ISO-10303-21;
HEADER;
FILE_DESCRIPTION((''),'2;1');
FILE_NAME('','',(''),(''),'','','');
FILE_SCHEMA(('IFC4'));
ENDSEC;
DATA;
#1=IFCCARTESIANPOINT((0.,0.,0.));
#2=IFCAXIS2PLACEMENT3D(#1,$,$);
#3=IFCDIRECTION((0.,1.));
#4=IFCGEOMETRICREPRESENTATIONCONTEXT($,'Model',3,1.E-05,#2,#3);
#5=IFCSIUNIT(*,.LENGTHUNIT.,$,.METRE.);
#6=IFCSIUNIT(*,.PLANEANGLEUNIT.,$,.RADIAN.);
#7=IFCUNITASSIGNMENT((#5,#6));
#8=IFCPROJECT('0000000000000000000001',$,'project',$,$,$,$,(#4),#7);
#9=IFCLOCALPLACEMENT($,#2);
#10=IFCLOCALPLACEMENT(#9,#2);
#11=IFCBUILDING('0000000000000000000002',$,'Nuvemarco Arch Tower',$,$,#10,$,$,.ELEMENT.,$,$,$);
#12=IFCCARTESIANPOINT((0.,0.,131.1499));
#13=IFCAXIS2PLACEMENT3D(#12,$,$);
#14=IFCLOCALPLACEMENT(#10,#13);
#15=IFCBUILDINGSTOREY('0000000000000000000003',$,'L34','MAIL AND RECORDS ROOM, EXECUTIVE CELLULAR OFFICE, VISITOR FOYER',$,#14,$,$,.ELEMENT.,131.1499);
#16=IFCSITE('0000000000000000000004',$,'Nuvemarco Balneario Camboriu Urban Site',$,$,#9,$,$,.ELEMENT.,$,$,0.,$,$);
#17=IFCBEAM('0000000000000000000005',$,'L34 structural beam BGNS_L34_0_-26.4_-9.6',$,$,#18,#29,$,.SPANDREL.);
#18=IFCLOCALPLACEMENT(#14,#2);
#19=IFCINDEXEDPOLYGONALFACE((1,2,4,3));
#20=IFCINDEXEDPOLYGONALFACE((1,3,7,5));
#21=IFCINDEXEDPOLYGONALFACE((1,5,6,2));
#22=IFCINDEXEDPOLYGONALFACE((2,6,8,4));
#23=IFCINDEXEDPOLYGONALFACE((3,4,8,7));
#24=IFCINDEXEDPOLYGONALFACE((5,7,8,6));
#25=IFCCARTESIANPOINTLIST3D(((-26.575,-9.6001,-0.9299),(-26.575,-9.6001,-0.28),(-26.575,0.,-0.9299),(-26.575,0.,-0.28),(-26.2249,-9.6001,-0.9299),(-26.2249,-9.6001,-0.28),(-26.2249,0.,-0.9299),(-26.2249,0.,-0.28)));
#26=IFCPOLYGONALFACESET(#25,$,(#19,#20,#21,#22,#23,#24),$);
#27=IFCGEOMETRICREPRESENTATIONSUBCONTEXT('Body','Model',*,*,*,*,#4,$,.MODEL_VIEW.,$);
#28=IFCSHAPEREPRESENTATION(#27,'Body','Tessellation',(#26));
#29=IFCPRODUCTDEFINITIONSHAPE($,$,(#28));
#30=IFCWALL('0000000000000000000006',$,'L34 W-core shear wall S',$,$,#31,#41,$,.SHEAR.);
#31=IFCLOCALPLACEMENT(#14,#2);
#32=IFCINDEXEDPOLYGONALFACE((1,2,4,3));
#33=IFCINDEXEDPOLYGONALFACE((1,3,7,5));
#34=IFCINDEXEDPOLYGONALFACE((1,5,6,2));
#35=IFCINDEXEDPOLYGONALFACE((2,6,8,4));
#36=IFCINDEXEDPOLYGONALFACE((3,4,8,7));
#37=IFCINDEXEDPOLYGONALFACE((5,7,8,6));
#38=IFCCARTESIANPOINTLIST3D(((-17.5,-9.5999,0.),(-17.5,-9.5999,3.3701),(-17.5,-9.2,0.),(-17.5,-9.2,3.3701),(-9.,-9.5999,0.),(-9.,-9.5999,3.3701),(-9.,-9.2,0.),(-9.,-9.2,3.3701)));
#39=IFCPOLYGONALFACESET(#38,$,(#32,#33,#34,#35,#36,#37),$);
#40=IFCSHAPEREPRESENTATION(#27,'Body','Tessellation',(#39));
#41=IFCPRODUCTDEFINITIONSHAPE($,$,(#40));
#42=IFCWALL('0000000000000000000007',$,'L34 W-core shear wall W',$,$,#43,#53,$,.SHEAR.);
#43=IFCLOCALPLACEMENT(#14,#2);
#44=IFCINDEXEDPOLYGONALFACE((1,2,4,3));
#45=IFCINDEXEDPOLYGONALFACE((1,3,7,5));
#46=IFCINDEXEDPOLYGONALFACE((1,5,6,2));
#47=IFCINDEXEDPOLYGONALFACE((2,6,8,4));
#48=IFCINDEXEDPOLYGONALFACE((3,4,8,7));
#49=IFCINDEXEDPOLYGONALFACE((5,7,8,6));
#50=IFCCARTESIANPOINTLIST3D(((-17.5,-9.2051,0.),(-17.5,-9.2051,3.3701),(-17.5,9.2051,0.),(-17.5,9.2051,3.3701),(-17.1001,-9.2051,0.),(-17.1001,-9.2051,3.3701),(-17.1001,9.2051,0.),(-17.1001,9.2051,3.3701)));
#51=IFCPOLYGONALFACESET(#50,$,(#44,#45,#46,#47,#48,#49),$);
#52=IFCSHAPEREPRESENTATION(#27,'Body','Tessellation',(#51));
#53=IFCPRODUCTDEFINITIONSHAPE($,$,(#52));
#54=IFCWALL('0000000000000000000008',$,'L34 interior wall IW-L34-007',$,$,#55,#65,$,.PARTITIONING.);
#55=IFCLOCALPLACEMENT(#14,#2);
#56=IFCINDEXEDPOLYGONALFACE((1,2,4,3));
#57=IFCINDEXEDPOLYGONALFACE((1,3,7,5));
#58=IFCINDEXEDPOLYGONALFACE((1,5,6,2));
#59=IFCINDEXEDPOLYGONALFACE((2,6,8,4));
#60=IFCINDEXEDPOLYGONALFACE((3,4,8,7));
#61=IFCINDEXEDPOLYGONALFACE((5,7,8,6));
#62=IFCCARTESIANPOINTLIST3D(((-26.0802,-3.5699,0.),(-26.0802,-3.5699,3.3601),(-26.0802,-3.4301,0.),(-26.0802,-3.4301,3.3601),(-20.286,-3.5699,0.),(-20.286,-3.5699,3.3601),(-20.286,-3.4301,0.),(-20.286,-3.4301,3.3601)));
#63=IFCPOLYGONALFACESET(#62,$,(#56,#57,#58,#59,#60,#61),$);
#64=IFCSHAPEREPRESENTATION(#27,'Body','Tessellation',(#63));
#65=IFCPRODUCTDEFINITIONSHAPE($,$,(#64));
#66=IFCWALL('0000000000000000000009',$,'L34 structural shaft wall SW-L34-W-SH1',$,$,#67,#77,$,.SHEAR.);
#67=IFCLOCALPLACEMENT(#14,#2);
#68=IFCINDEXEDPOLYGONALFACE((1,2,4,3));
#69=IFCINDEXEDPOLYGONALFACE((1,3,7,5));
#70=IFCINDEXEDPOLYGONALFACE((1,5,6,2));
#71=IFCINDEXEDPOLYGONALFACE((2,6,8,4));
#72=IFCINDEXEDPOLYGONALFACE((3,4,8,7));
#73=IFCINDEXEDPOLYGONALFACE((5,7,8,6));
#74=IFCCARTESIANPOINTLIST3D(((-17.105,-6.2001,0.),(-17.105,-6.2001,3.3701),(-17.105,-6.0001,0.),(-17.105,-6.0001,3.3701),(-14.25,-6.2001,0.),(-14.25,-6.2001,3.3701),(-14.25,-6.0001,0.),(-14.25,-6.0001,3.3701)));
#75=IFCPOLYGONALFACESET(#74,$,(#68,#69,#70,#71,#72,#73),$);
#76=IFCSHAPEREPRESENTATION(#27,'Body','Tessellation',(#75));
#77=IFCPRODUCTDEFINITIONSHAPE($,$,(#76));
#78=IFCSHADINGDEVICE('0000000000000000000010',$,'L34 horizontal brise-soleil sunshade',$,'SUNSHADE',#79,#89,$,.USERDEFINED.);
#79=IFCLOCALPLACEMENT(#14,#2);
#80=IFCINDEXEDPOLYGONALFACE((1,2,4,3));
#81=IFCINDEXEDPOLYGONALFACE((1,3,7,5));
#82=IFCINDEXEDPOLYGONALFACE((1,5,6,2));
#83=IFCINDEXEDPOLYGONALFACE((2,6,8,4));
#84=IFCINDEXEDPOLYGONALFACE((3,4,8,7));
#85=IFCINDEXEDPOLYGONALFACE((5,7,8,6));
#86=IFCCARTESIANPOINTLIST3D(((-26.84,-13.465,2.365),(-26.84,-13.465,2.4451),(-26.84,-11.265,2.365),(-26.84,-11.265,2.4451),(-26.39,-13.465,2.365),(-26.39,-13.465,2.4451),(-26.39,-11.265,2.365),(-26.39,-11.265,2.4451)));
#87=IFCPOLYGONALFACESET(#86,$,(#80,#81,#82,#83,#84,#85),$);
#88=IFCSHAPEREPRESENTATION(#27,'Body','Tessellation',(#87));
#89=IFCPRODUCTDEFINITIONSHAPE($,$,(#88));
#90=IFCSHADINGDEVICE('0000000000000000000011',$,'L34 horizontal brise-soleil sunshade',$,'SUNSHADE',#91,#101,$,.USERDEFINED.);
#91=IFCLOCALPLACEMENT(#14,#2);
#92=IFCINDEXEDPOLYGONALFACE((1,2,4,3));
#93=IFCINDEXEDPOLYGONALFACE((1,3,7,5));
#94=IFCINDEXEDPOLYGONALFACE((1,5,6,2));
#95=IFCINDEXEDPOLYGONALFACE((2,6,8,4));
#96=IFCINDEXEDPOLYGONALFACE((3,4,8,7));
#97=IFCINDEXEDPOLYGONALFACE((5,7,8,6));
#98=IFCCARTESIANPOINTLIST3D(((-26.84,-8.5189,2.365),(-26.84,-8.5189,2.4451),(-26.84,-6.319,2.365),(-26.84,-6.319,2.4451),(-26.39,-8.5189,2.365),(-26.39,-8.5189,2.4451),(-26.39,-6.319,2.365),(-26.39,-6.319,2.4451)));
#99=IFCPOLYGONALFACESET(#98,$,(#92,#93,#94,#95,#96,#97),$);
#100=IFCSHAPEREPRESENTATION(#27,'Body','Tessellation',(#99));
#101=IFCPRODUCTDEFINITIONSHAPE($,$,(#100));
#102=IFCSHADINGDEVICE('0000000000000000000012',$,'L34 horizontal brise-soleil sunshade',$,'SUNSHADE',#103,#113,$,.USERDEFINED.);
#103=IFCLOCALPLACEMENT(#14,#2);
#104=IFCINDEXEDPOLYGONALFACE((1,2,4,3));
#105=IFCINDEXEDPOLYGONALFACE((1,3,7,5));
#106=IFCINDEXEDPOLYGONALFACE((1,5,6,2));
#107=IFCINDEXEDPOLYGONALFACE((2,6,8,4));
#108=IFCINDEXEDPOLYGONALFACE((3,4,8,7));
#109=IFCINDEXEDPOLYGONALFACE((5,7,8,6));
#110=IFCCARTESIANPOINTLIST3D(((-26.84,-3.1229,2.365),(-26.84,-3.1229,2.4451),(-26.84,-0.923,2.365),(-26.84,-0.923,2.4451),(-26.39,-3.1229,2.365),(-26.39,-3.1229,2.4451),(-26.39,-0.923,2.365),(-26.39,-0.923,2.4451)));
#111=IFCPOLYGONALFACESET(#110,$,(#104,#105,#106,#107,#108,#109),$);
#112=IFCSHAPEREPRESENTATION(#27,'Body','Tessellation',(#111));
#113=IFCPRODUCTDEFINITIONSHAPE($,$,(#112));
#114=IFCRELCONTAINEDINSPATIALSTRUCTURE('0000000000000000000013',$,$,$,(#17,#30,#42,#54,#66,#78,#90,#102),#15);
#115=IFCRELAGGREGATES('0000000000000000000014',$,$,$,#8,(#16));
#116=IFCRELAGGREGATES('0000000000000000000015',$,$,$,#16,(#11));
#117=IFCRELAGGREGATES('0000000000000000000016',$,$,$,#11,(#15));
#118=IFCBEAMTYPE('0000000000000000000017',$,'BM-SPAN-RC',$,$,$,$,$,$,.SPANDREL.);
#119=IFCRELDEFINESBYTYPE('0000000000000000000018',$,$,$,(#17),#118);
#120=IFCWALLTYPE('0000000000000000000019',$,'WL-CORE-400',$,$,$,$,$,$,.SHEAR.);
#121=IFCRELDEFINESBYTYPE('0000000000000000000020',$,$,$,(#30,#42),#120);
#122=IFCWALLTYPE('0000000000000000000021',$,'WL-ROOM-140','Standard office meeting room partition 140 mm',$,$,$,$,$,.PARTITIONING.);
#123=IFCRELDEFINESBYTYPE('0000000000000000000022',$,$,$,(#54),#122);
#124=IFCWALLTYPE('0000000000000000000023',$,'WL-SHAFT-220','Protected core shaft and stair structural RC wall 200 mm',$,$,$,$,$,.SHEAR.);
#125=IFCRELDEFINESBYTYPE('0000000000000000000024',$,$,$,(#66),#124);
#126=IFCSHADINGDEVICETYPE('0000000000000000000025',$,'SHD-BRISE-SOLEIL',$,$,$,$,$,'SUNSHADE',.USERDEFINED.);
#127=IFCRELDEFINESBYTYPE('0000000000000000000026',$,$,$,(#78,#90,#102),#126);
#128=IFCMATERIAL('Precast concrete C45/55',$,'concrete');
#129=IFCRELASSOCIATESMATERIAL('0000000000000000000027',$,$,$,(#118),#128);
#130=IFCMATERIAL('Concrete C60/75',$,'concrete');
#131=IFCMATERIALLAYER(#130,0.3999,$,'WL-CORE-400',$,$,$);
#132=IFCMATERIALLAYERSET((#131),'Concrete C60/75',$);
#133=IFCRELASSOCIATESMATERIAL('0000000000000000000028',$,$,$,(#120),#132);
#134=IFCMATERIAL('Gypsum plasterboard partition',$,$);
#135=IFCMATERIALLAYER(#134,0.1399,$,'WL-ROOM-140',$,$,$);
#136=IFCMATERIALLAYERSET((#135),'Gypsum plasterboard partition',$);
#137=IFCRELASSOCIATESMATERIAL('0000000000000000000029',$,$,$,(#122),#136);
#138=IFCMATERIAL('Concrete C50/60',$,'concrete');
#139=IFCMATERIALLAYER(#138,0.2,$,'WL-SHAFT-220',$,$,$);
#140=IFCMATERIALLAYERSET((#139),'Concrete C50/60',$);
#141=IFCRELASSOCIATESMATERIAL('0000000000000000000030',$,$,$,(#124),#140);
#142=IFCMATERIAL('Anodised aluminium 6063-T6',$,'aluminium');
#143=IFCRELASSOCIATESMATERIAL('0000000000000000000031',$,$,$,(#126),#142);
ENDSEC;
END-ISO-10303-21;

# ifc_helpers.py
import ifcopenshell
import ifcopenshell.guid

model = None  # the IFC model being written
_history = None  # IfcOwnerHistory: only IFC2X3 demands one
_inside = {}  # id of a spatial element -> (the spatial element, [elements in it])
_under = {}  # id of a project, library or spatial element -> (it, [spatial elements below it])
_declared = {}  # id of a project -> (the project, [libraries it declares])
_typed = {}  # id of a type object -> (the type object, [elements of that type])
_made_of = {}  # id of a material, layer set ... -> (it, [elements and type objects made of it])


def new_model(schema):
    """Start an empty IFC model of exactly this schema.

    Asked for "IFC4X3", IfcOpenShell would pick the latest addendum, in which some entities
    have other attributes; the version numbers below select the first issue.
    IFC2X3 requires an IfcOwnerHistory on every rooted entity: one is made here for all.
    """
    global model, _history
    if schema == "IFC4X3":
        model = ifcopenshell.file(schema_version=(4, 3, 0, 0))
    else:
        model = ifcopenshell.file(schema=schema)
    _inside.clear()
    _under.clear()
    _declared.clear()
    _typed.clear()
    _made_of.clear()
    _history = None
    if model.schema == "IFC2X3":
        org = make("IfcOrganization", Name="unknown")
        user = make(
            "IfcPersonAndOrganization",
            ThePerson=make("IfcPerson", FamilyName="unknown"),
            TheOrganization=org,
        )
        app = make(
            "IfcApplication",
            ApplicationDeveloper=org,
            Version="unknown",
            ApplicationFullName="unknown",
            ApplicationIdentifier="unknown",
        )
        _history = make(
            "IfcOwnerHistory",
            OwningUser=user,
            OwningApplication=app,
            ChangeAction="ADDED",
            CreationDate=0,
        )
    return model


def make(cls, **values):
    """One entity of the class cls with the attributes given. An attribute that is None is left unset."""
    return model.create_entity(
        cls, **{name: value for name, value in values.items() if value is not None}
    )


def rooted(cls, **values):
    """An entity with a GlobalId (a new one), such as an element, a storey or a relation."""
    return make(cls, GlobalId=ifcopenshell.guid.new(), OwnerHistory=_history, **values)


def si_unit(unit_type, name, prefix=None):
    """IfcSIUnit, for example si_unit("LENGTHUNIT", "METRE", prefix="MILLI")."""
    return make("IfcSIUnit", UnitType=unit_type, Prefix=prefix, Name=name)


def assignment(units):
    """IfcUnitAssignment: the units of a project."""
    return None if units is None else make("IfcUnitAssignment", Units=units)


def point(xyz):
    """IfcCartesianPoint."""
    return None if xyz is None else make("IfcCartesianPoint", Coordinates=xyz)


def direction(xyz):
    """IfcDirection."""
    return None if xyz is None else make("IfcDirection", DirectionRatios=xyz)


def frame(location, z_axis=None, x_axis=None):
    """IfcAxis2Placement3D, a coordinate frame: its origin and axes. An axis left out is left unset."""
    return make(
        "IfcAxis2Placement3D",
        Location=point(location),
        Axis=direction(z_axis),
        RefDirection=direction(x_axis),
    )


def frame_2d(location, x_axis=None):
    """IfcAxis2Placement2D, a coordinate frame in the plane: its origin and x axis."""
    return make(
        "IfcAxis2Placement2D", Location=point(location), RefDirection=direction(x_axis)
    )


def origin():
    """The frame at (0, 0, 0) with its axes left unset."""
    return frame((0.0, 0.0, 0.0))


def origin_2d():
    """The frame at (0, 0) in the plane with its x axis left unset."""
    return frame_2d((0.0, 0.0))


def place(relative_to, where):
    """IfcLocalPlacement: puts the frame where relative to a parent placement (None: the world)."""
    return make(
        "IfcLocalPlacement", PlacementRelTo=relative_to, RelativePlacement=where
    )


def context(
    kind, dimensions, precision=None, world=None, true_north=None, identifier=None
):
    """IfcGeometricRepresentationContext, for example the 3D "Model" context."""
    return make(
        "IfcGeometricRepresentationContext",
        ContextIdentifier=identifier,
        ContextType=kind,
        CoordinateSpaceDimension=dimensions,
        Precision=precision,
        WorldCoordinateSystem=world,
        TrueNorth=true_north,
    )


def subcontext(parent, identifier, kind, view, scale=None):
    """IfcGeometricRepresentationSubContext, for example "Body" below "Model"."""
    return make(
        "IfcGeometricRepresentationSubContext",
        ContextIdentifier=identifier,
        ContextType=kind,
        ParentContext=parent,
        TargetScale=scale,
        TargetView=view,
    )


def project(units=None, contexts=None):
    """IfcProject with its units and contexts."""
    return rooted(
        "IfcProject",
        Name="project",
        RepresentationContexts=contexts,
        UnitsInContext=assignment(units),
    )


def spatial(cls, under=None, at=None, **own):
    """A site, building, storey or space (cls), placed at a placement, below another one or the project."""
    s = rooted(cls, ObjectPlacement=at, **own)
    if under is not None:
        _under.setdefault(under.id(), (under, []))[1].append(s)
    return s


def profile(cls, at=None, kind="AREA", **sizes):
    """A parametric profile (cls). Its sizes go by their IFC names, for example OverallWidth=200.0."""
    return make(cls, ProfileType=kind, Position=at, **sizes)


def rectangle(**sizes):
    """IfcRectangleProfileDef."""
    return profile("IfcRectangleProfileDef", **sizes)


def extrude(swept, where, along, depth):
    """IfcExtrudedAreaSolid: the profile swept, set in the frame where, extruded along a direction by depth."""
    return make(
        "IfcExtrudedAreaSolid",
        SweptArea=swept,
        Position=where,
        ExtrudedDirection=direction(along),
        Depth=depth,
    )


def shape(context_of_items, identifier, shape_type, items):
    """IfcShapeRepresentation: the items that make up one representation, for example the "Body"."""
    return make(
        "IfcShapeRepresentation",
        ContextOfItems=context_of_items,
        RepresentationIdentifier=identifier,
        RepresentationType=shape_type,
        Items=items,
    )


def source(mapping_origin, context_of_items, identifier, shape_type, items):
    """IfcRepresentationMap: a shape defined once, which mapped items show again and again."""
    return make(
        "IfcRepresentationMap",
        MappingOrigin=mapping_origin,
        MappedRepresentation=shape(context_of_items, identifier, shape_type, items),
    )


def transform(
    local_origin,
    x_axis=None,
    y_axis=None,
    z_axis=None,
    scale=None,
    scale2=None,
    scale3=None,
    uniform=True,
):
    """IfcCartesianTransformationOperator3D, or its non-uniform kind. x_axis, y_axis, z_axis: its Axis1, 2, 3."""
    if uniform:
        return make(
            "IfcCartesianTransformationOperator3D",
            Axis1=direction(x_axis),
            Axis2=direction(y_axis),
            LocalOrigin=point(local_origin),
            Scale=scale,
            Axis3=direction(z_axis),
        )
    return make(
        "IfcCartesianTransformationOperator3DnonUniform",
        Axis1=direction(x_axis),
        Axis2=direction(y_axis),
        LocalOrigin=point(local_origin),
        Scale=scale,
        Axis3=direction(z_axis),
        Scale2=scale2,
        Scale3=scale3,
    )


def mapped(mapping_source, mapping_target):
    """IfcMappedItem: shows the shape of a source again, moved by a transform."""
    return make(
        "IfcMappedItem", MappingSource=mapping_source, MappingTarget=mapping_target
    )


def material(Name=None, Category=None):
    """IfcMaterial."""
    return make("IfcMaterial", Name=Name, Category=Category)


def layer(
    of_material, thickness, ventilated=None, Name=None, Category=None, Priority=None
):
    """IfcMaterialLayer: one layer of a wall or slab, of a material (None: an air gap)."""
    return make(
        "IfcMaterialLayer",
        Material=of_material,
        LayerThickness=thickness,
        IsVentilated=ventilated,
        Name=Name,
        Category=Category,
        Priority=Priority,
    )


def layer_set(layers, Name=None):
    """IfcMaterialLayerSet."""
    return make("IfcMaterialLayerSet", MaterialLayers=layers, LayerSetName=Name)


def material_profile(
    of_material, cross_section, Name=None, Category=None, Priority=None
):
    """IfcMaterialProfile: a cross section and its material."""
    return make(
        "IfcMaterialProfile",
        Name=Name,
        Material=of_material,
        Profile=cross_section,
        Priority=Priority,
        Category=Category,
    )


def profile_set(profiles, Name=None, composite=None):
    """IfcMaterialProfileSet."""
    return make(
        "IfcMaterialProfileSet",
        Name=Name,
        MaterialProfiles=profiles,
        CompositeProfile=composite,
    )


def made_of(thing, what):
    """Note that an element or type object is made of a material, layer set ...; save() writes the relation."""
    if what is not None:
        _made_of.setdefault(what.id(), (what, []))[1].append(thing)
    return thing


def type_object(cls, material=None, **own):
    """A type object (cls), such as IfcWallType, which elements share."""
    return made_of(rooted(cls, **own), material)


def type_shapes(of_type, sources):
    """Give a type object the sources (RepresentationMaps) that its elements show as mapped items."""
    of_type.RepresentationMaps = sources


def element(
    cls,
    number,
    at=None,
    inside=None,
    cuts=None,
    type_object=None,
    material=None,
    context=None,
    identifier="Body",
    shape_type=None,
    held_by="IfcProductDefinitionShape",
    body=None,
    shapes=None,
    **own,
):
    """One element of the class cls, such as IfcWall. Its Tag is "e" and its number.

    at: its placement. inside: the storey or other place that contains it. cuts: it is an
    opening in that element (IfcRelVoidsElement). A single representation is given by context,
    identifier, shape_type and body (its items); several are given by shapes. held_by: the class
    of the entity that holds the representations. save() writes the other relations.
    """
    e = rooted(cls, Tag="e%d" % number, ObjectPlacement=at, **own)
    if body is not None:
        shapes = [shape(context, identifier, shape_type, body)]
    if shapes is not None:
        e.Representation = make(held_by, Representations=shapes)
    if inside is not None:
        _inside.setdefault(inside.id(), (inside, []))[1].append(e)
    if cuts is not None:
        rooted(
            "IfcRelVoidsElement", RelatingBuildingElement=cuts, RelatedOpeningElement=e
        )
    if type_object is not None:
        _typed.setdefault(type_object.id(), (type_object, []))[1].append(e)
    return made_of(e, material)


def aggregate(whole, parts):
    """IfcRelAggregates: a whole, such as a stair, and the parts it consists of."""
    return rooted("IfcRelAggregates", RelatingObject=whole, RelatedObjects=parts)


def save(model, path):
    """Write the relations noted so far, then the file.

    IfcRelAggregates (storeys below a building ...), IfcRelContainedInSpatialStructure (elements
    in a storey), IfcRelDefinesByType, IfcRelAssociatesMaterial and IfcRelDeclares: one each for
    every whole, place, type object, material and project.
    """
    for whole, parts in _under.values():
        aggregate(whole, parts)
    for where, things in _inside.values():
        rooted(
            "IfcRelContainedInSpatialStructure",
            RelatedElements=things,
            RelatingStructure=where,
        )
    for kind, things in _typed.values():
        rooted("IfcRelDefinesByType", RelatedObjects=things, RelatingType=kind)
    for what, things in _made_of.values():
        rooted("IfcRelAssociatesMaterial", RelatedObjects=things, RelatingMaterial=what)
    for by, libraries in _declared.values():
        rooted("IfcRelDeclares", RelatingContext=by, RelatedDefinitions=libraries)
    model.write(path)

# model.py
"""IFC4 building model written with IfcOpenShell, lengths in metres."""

from ifc_helpers import new_model, si_unit, direction, frame, frame_2d, origin, origin_2d, place, context, subcontext, project, spatial, rectangle, extrude, source, transform, mapped, material, layer, layer_set, material_profile, profile_set, type_object, type_shapes, element, save


model = new_model("IFC4")

# Units and contexts
model_context = context("Model", 3, precision=1e-05, world=origin(), true_north=direction((0.0, 1.0)))
body_context = subcontext(model_context, "Body", "Model", "MODEL_VIEW")
ifc_project = project(units=[si_unit("LENGTHUNIT", "METRE"), si_unit("PLANEANGLEUNIT", "RADIAN")], contexts=[model_context])

# Site, building, storey
site_placement = place(None, origin())
site = spatial("IfcSite", under=ifc_project, at=site_placement, Name="Nuvemarco Balneario Camboriu Urban Site", CompositionType="ELEMENT", RefElevation=0.0)
building_placement = place(site_placement, origin())
building = spatial("IfcBuilding", under=site, at=building_placement, Name="Nuvemarco Arch Tower", CompositionType="ELEMENT")
storey_placement = place(building_placement, frame((0.0, 0.0, 131.1499)))
storey = spatial("IfcBuildingStorey", under=building, at=storey_placement, Name="L34", Description="MAIL AND RECORDS ROOM, EXECUTIVE CELLULAR OFFICE, VISITOR FOYER", CompositionType="ELEMENT", Elevation=131.1499)

# Shared definitions
ifc_material_1 = material(Name="Concrete C50/60", Category="concrete")

# Beam
ifc_material_2 = material(Name="Precast concrete C45/55", Category="concrete")
ifc_material_profile_1 = material_profile(ifc_material_2, rectangle(XDim=0.3501, YDim=0.6499, at=origin_2d()), Name="PC-SP-350x650")
ifc_profile_set_1 = profile_set([ifc_material_profile_1], Name="Precast concrete C45/55")
beam_type_1 = type_object("IfcBeamType", Name="BM-SPAN-RC", PredefinedType="SPANDREL", material=ifc_profile_set_1)
beam_1_placement = place(storey_placement, frame((-26.3999, -9.6001, -0.605), z_axis=(0.0, 1.0, 0.0), x_axis=(-1.0, 0.0, 0.0)))
element("IfcBeam", 1, at=beam_1_placement, inside=storey, type_object=beam_type_1, Name="L34 structural beam BGNS_L34_0_-26.4_-9.6", PredefinedType="SPANDREL", context=body_context, shape_type="SweptSolid", body=[
    extrude(rectangle(XDim=0.3501, YDim=0.6499, at=origin_2d()), origin(), (0.0, 0.0, 1.0), 9.6001),
])

# Walls
ifc_material_3 = material(Name="Concrete C60/75", Category="concrete")
ifc_layer_1 = layer(ifc_material_3, 0.3999, Name="WL-CORE-400")
ifc_layer_set_1 = layer_set([ifc_layer_1], Name="Concrete C60/75")
wall_type_1 = type_object("IfcWallType", Name="WL-CORE-400", PredefinedType="SHEAR", material=ifc_layer_set_1)
wall_1_placement = place(storey_placement, frame((-17.5, -9.3999, 0.0), z_axis=(0.0, 0.0, 1.0), x_axis=(1.0, 0.0, 0.0)))
element("IfcWall", 2, at=wall_1_placement, inside=storey, type_object=wall_type_1, Name="L34 W-core shear wall S", PredefinedType="SHEAR", context=body_context, shape_type="SweptSolid", body=[
    extrude(rectangle(XDim=8.5, YDim=0.3999, at=frame_2d((4.25, 0.0))), origin(), (0.0, 0.0, 1.0), 3.3701),
])
wall_2_placement = place(storey_placement, frame((-17.3, -9.2051, 0.0), z_axis=(0.0, 0.0, 1.0), x_axis=(0.0, 1.0, 0.0)))
element("IfcWall", 3, at=wall_2_placement, inside=storey, type_object=wall_type_1, Name="L34 W-core shear wall W", PredefinedType="SHEAR", context=body_context, shape_type="SweptSolid", body=[
    extrude(rectangle(XDim=18.4102, YDim=0.3999, at=frame_2d((9.2051, 0.0))), origin(), (0.0, 0.0, 1.0), 3.3701),
])
ifc_material_4 = material(Name="Gypsum plasterboard partition")
ifc_layer_2 = layer(ifc_material_4, 0.1399, Name="WL-ROOM-140")
ifc_layer_set_2 = layer_set([ifc_layer_2], Name="Gypsum plasterboard partition")
wall_type_2 = type_object("IfcWallType", Name="WL-ROOM-140", Description="Standard office meeting room partition 140 mm", PredefinedType="PARTITIONING", material=ifc_layer_set_2)
wall_3_placement = place(storey_placement, frame((-26.0801, -3.5, 0.0), z_axis=(0.0, 0.0, 1.0), x_axis=(1.0, 0.0, 0.0)))
element("IfcWall", 4, at=wall_3_placement, inside=storey, type_object=wall_type_2, Name="L34 interior wall IW-L34-007", PredefinedType="PARTITIONING", context=body_context, shape_type="SweptSolid", body=[
    extrude(rectangle(XDim=5.7942, YDim=0.1399, at=frame_2d((2.897, 0.0))), origin(), (0.0, 0.0, 1.0), 3.3601),
])
ifc_layer_3 = layer(ifc_material_1, 0.2, Name="WL-SHAFT-220")
ifc_layer_set_3 = layer_set([ifc_layer_3], Name="Concrete C50/60")
wall_type_3 = type_object("IfcWallType", Name="WL-SHAFT-220", Description="Protected core shaft and stair structural RC wall 200 mm", PredefinedType="SHEAR", material=ifc_layer_set_3)
wall_4_placement = place(storey_placement, frame((-17.105, -6.1001, 0.0), z_axis=(0.0, 0.0, 1.0), x_axis=(1.0, 0.0, 0.0)))
element("IfcWall", 5, at=wall_4_placement, inside=storey, type_object=wall_type_3, Name="L34 structural shaft wall SW-L34-W-SH1", PredefinedType="SHEAR", context=body_context, shape_type="SweptSolid", body=[
    extrude(rectangle(XDim=2.855, YDim=0.2, at=frame_2d((1.4275, 0.0))), origin(), (0.0, 0.0, 1.0), 3.3701),
])

# Shading devices
ifc_material_5 = material(Name="Anodised aluminium 6063-T6", Category="aluminium")
shading_device_type = type_object("IfcShadingDeviceType", Name="SHD-BRISE-SOLEIL", ElementType="SUNSHADE", PredefinedType="USERDEFINED", material=ifc_material_5)
shared_shape = source(origin(), body_context, "Body", "SweptSolid", [
    extrude(rectangle(XDim=2.2, YDim=0.45, at=origin_2d()), origin(), (0.0, 0.0, 1.0), 0.0801),
])
type_shapes(shading_device_type, [shared_shape])
for number, where, z_axis, x_axis, name in (
    (6, (-26.615, -12.365, 2.365), (0.0, 0.0, 1.0), (0.0, 1.0, 0.0), "L34 horizontal brise-soleil sunshade"),
    (7, (-26.615, -7.4189, 2.365), (0.0, 0.0, 1.0), (0.0, 1.0, 0.0), "L34 horizontal brise-soleil sunshade"),
    (8, (-26.615, -2.0229, 2.365), (0.0, 0.0, 1.0), (0.0, 1.0, 0.0), "L34 horizontal brise-soleil sunshade"),
):
    element("IfcShadingDevice", number, at=place(storey_placement, frame(where, z_axis=z_axis, x_axis=x_axis)), inside=storey, type_object=shading_device_type, Name=name, ObjectType="SUNSHADE", PredefinedType="USERDEFINED", context=body_context, shape_type="MappedRepresentation", body=[
        mapped(shared_shape, transform((0.0, 0.0, 0.0), scale=1.0)),
    ])

save(model, "model.ifc")
